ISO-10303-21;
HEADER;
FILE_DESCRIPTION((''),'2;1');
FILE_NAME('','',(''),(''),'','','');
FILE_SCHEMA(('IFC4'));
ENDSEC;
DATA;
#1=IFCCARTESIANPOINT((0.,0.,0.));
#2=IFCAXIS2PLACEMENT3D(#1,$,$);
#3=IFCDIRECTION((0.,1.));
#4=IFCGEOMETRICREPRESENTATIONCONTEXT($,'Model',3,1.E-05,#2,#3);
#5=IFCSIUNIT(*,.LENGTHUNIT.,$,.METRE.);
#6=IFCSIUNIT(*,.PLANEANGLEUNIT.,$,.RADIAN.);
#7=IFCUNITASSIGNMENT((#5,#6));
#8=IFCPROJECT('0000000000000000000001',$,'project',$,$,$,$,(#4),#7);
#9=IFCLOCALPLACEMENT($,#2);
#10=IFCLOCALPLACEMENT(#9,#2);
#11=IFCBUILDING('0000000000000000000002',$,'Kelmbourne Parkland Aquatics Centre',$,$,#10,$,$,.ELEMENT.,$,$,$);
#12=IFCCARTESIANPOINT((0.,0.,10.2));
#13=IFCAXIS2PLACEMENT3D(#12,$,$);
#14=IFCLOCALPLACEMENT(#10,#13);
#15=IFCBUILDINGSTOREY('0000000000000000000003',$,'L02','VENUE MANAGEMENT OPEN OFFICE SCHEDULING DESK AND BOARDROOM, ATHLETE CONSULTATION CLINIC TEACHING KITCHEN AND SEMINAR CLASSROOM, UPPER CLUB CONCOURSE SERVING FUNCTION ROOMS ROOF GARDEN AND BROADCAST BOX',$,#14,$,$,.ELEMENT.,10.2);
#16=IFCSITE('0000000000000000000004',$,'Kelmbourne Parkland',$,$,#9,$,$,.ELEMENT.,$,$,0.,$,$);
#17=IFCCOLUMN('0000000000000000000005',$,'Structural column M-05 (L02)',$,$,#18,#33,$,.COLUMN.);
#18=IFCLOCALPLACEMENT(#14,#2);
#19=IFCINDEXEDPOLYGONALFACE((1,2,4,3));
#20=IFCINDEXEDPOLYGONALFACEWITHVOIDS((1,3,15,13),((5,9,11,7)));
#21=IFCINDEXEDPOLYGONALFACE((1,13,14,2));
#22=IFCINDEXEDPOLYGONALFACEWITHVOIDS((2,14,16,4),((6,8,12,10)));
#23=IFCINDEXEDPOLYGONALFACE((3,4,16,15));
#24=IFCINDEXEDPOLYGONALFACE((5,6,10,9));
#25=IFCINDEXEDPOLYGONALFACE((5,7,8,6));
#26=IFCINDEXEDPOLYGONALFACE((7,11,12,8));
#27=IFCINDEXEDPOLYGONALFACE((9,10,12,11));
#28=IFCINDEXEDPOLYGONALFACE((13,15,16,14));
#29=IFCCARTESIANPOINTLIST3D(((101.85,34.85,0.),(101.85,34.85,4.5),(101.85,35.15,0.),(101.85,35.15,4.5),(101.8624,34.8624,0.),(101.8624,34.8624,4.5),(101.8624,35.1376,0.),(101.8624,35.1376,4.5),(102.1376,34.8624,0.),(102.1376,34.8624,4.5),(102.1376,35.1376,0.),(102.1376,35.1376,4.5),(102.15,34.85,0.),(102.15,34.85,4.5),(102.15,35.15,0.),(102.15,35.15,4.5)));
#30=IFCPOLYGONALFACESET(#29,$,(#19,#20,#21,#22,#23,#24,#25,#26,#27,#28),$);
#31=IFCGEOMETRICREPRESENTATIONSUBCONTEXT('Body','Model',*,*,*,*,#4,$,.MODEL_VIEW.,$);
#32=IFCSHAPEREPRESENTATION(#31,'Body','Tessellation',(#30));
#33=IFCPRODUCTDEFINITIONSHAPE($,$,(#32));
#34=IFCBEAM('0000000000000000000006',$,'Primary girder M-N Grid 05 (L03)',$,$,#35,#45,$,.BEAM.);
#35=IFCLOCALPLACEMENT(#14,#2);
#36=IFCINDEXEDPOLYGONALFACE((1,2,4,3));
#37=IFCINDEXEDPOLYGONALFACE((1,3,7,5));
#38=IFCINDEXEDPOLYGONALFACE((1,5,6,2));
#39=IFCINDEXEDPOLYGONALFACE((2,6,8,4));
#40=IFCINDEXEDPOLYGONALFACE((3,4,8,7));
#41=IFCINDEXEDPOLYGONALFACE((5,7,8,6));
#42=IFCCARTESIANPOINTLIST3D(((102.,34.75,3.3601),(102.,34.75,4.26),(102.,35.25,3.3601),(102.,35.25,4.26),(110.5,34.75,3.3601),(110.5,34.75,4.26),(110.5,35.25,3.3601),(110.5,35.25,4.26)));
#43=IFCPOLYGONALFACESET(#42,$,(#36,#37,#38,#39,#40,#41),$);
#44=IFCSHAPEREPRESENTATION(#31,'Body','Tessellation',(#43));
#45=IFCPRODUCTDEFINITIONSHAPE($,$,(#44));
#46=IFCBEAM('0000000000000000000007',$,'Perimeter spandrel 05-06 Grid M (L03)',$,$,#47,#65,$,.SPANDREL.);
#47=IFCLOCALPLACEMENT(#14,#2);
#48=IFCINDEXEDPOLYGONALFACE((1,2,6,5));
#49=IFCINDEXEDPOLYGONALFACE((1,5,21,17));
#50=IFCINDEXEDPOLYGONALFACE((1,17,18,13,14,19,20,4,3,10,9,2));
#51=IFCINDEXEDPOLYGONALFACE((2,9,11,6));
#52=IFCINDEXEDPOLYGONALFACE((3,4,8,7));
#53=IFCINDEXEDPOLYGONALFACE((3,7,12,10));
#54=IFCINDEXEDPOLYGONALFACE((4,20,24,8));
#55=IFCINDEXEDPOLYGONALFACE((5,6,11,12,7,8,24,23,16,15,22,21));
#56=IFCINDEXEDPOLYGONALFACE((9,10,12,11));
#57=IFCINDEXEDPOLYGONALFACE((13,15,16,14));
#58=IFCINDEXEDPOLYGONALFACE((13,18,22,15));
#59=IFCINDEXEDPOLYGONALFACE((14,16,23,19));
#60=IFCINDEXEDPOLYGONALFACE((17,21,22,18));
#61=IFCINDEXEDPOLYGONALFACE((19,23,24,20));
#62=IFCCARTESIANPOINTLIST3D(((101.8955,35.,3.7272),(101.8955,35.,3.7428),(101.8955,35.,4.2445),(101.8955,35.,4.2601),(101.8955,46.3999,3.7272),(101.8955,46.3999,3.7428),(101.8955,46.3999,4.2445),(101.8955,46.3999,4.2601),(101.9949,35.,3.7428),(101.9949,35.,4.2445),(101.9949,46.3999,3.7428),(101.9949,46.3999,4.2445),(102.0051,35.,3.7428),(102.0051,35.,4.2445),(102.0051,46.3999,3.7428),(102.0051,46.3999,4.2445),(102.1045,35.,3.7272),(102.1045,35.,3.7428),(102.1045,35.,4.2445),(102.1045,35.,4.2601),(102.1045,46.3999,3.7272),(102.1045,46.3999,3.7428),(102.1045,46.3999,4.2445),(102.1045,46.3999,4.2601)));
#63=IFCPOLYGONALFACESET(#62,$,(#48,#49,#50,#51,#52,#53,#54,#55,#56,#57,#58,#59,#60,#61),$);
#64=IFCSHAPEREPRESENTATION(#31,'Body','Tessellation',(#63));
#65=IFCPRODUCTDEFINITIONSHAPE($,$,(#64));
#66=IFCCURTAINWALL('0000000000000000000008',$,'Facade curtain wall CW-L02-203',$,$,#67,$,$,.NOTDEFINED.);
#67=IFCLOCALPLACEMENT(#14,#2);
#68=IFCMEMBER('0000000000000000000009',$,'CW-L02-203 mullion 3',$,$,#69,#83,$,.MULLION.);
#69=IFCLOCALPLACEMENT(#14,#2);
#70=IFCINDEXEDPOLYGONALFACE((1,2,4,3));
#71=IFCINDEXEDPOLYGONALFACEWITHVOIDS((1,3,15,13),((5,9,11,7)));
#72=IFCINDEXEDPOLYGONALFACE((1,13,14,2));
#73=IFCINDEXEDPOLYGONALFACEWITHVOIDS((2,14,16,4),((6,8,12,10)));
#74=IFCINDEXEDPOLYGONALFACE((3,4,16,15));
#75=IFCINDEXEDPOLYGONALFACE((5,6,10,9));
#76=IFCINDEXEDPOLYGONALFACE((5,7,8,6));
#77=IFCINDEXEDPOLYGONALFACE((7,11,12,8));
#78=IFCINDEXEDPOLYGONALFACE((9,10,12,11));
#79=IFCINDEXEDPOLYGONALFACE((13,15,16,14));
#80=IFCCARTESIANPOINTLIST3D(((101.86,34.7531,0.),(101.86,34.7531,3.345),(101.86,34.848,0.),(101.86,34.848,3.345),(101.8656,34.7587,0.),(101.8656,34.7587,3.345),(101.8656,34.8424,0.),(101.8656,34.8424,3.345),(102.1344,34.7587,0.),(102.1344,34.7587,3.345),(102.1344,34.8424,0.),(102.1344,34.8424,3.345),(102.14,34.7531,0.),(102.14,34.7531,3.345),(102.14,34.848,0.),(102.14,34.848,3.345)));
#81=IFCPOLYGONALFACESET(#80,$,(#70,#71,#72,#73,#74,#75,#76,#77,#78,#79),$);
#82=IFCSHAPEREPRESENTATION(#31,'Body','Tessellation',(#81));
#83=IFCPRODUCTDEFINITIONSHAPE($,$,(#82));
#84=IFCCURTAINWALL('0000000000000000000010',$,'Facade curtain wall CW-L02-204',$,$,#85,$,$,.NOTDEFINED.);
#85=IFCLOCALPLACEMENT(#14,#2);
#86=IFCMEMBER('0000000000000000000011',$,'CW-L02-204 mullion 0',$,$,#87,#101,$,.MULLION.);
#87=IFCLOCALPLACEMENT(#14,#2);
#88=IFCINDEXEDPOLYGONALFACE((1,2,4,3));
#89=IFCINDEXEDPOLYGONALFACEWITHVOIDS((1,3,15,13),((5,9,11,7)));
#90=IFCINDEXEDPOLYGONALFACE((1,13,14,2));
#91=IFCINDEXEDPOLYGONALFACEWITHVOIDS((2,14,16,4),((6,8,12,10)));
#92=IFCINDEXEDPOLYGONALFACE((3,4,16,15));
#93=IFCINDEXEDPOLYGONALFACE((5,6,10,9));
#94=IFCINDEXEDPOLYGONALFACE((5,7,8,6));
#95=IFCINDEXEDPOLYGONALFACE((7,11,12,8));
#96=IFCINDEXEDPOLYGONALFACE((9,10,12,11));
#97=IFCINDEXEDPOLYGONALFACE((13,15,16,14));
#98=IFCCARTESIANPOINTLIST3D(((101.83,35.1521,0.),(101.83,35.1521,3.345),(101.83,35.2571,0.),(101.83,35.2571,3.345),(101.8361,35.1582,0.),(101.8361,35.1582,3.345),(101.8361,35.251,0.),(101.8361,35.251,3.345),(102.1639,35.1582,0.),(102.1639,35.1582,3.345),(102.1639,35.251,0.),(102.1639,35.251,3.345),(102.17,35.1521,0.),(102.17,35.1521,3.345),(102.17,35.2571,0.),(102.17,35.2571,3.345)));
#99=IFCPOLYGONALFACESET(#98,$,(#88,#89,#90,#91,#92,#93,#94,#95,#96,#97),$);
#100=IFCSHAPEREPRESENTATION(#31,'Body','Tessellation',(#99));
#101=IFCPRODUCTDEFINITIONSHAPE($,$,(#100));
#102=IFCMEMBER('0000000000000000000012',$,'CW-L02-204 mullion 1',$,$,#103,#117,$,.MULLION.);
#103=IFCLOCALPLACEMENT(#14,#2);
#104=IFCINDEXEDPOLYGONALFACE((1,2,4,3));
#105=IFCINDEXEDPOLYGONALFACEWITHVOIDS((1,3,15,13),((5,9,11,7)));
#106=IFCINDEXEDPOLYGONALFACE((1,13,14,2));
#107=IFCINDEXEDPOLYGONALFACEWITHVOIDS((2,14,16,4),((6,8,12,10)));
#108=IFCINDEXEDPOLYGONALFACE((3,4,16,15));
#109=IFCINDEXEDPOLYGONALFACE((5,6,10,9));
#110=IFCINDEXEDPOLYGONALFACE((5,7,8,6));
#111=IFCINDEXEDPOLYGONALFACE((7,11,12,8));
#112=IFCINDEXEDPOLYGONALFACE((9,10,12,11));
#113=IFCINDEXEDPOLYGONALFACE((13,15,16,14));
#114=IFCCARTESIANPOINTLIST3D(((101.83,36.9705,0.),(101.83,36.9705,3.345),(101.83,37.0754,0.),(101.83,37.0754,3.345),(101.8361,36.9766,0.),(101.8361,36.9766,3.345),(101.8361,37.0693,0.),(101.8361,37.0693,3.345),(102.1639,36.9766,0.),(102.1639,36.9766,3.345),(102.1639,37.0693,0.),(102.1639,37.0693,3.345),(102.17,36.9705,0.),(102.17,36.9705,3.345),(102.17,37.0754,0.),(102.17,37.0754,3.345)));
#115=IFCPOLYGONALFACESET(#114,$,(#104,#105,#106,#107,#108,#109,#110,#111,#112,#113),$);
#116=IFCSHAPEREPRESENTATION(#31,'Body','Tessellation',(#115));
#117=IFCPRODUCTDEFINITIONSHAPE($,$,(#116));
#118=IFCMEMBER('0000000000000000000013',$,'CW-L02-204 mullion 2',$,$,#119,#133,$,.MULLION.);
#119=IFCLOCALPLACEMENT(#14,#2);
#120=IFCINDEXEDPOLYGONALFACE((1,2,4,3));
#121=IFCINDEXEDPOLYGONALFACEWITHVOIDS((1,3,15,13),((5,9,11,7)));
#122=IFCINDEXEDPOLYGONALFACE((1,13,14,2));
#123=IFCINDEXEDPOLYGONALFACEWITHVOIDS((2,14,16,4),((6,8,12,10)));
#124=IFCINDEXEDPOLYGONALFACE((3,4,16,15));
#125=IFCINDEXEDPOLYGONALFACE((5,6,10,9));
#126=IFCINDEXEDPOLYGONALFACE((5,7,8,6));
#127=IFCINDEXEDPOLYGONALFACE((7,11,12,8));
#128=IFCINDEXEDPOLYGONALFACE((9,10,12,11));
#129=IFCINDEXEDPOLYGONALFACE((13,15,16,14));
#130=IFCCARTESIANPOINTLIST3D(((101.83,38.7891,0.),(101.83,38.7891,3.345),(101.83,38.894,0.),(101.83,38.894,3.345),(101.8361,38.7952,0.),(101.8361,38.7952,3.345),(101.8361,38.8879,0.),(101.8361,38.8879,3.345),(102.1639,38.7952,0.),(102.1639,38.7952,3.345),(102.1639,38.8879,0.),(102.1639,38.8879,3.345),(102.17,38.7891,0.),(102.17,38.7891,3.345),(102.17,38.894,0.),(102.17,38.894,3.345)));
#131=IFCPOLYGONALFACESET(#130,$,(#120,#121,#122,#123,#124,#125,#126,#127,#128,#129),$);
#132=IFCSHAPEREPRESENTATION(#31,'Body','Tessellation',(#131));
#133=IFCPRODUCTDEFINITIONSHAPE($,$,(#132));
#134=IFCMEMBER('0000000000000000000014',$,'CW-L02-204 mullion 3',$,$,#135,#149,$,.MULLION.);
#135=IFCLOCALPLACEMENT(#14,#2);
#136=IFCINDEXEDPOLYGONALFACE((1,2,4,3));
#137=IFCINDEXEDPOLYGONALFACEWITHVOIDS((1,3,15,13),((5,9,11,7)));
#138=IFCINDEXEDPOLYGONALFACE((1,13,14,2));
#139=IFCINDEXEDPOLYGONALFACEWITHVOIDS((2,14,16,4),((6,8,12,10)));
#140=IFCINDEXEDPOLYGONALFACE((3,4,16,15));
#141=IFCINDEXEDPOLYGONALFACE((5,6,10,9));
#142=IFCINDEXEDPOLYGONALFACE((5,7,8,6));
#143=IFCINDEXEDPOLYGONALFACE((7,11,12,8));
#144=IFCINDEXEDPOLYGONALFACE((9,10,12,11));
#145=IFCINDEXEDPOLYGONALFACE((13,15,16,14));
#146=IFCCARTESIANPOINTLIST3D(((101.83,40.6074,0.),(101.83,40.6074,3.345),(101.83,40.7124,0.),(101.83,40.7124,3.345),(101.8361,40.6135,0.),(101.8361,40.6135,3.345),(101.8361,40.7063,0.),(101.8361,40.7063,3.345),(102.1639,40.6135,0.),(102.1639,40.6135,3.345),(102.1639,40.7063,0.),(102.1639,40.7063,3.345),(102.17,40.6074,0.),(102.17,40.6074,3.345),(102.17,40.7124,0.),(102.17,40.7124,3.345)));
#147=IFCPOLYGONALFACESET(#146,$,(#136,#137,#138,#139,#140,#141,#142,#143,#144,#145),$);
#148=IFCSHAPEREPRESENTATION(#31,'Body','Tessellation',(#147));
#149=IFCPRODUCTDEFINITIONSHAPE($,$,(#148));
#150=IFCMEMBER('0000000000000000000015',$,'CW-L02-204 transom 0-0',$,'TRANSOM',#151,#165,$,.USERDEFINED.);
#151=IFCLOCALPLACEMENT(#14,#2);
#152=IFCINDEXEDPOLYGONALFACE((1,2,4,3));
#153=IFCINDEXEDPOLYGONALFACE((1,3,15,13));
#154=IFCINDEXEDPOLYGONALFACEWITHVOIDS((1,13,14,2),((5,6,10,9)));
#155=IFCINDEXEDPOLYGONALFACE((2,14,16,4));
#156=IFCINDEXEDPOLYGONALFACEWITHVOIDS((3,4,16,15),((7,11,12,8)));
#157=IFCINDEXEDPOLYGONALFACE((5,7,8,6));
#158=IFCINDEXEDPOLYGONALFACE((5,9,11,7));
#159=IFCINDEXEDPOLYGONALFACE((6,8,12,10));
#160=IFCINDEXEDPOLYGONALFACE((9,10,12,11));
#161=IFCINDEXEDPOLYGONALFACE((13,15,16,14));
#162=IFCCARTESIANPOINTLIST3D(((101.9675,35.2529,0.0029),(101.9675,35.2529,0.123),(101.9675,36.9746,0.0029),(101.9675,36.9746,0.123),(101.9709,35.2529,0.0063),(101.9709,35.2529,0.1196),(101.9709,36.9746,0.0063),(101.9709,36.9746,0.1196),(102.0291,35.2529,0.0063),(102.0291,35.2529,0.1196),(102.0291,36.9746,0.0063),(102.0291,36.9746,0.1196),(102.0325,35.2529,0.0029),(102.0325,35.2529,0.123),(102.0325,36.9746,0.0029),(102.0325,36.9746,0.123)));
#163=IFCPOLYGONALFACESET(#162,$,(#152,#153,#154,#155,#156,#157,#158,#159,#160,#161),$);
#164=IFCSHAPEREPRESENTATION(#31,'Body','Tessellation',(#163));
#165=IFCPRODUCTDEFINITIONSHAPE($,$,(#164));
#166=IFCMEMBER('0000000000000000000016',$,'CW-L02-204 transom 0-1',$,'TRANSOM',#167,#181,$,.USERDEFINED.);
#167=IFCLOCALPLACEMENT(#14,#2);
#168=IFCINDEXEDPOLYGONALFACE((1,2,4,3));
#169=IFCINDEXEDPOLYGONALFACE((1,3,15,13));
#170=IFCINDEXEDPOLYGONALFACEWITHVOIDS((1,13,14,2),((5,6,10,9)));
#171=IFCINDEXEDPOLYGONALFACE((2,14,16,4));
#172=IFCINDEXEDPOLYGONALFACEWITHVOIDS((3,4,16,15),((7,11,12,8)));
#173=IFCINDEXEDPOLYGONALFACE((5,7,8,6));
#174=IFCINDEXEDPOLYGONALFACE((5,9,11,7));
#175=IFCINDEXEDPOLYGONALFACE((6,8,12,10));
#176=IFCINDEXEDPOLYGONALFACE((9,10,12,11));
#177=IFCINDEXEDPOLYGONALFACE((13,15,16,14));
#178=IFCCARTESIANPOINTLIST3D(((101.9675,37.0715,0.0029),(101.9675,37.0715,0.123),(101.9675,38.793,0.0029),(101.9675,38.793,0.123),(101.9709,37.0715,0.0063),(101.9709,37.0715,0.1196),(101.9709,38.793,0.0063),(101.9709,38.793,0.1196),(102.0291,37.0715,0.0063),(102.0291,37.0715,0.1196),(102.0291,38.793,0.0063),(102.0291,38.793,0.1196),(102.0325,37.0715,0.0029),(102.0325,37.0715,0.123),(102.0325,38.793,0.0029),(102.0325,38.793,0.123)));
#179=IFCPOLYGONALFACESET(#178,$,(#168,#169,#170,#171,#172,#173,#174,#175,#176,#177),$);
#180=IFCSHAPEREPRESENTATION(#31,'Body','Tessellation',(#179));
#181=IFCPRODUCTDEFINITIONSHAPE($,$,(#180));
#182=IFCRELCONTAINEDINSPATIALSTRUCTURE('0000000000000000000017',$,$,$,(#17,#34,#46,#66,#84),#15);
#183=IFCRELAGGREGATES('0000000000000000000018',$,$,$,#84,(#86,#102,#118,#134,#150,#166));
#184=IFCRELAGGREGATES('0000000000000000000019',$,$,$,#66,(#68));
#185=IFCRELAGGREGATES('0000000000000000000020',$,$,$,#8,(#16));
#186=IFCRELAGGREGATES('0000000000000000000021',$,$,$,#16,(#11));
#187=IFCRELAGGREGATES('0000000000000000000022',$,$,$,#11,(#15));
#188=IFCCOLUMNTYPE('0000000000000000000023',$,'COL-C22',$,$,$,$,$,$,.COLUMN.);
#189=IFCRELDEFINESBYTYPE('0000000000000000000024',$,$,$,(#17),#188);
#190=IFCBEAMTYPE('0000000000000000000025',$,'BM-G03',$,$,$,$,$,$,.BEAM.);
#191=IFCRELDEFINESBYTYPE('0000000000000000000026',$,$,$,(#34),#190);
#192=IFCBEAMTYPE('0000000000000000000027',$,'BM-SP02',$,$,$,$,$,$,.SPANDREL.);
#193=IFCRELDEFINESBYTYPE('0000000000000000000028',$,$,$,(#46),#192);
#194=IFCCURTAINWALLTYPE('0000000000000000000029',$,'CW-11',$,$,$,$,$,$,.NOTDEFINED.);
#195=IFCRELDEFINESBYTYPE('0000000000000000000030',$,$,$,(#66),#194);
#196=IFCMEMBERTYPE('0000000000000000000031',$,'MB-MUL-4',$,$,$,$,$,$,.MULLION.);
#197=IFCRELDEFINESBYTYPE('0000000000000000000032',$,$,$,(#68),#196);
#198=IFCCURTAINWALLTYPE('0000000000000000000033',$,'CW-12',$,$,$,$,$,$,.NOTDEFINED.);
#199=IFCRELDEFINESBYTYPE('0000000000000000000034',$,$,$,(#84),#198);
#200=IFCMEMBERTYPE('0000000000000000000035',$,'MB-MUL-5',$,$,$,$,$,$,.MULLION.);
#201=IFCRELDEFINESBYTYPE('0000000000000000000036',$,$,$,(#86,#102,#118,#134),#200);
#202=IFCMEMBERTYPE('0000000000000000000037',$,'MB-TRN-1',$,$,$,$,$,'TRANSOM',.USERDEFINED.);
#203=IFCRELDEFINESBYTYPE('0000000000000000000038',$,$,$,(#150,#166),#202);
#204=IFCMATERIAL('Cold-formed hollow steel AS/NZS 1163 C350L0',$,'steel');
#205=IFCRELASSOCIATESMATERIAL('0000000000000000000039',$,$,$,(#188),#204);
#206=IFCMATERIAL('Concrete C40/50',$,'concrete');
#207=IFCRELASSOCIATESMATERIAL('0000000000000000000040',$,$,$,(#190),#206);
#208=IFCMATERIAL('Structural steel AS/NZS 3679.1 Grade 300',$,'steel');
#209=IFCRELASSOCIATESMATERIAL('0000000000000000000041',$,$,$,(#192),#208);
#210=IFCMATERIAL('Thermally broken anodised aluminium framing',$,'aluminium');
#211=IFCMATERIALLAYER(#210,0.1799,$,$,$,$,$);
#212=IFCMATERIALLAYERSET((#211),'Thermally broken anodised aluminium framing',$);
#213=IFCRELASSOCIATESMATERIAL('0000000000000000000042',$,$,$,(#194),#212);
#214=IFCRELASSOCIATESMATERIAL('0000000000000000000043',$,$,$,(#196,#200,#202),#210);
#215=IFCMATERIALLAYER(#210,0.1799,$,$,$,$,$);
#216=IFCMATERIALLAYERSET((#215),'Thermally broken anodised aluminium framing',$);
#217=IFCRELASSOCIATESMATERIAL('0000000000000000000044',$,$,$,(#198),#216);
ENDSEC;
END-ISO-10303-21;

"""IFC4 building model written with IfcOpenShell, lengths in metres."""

from ifc_helpers import new_model, si_unit, direction, frame, origin, origin_2d, place, context, subcontext, project, spatial, rectangle, hollow_rectangle, i_section, extrude, material, layer, layer_set, material_profile, profile_set, type_object, element, aggregate, save


model = new_model("IFC4")

# Units and contexts
model_context = context("Model", 3, precision=1e-05, world=origin(), true_north=direction((0.0, 1.0)))
body_context = subcontext(model_context, "Body", "Model", "MODEL_VIEW")
ifc_project = project(units=[si_unit("LENGTHUNIT", "METRE"), si_unit("PLANEANGLEUNIT", "RADIAN")], contexts=[model_context])

# Site, building, storey
site_placement = place(None, origin())
site = spatial("IfcSite", under=ifc_project, at=site_placement, Name="Kelmbourne Parkland", CompositionType="ELEMENT", RefElevation=0.0)
building_placement = place(site_placement, origin())
building = spatial("IfcBuilding", under=site, at=building_placement, Name="Kelmbourne Parkland Aquatics Centre", CompositionType="ELEMENT")
storey_placement = place(building_placement, frame((0.0, 0.0, 10.2)))
storey = spatial("IfcBuildingStorey", under=building, at=storey_placement, Name="L02", Description="VENUE MANAGEMENT OPEN OFFICE SCHEDULING DESK AND BOARDROOM, ATHLETE CONSULTATION CLINIC TEACHING KITCHEN AND SEMINAR CLASSROOM, UPPER CLUB CONCOURSE SERVING FUNCTION ROOMS ROOF GARDEN AND BROADCAST BOX", CompositionType="ELEMENT", Elevation=10.2)

# Column
ifc_material_1 = material(Name="Cold-formed hollow steel AS/NZS 1163 C350L0", Category="steel")
ifc_material_profile_1 = material_profile(ifc_material_1, hollow_rectangle(XDim=0.3, YDim=0.3, WallThickness=0.0125, at=origin_2d()), Name="SHS 300x300x12.5")
ifc_profile_set_1 = profile_set([ifc_material_profile_1], Name="Cold-formed hollow steel AS/NZS 1163 C350L0")
column_type = type_object("IfcColumnType", Name="COL-C22", PredefinedType="COLUMN", material=ifc_profile_set_1)
column_placement = place(storey_placement, frame((102.0, 35.0, 0.0), z_axis=(0.0, 0.0, 1.0), x_axis=(1.0, 0.0, 0.0)))
element("IfcColumn", 1, at=column_placement, inside=storey, type_object=column_type, Name="Structural column M-05 (L02)", PredefinedType="COLUMN", context=body_context, shape_type="SweptSolid", body=[
    extrude(hollow_rectangle(XDim=0.3, YDim=0.3, WallThickness=0.0125, at=origin_2d()), origin(), (0.0, 0.0, 1.0), 4.5),
])

# Beams
ifc_material_2 = material(Name="Concrete C40/50", Category="concrete")
ifc_material_profile_2 = material_profile(ifc_material_2, rectangle(XDim=0.5, YDim=0.8999, at=origin_2d()), Name="RC 500x900")
ifc_profile_set_2 = profile_set([ifc_material_profile_2], Name="Concrete C40/50")
beam_type_1 = type_object("IfcBeamType", Name="BM-G03", PredefinedType="BEAM", material=ifc_profile_set_2)
beam_1_placement = place(storey_placement, frame((102.0, 35.0, 3.8101), z_axis=(1.0, 0.0, 0.0), x_axis=(0.0, 1.0, 0.0)))
element("IfcBeam", 2, at=beam_1_placement, inside=storey, type_object=beam_type_1, Name="Primary girder M-N Grid 05 (L03)", PredefinedType="BEAM", context=body_context, shape_type="SweptSolid", body=[
    extrude(rectangle(XDim=0.5, YDim=0.8999, at=origin_2d()), origin(), (0.0, 0.0, 1.0), 8.5),
])
ifc_material_3 = material(Name="Structural steel AS/NZS 3679.1 Grade 300", Category="steel")
ifc_material_profile_3 = material_profile(ifc_material_3, i_section(OverallWidth=0.209, OverallDepth=0.533, WebThickness=0.0103, FlangeThickness=0.0156, at=origin_2d()), Name="530UB92.4")
ifc_profile_set_3 = profile_set([ifc_material_profile_3], Name="Structural steel AS/NZS 3679.1 Grade 300")
beam_type_2 = type_object("IfcBeamType", Name="BM-SP02", PredefinedType="SPANDREL", material=ifc_profile_set_3)
beam_2_placement = place(storey_placement, frame((102.0, 35.0, 3.9937), z_axis=(0.0, 1.0, 0.0), x_axis=(-1.0, 0.0, 0.0)))
element("IfcBeam", 3, at=beam_2_placement, inside=storey, type_object=beam_type_2, Name="Perimeter spandrel 05-06 Grid M (L03)", PredefinedType="SPANDREL", context=body_context, shape_type="SweptSolid", body=[
    extrude(i_section(OverallWidth=0.209, OverallDepth=0.533, WebThickness=0.0103, FlangeThickness=0.0156, at=origin_2d()), origin(), (0.0, 0.0, 1.0), 11.3999),
])

# Curtain wall, member
ifc_material_4 = material(Name="Thermally broken anodised aluminium framing", Category="aluminium")
ifc_layer_1 = layer(ifc_material_4, 0.1799)
ifc_layer_set_1 = layer_set([ifc_layer_1], Name="Thermally broken anodised aluminium framing")
curtain_wall_type_1 = type_object("IfcCurtainWallType", Name="CW-11", PredefinedType="NOTDEFINED", material=ifc_layer_set_1)
curtain_wall_1_placement = place(storey_placement, origin())
curtain_wall_1 = element("IfcCurtainWall", 4, at=curtain_wall_1_placement, inside=storey, type_object=curtain_wall_type_1, Name="Facade curtain wall CW-L02-203", PredefinedType="NOTDEFINED")
ifc_material_profile_4 = material_profile(ifc_material_4, hollow_rectangle(XDim=0.095, YDim=0.28, WallThickness=0.0056, at=origin_2d()), Name="CW-M 95x280")
ifc_profile_set_4 = profile_set([ifc_material_profile_4], Name="Thermally broken anodised aluminium framing")
member_type_1 = type_object("IfcMemberType", Name="MB-MUL-4", PredefinedType="MULLION", material=ifc_profile_set_4)
member_1_placement = place(storey_placement, frame((102.0, 34.8005, 0.0), z_axis=(0.0, 0.0, 1.0), x_axis=(0.0, 1.0, 0.0)))
member_1 = element("IfcMember", 5, at=member_1_placement, type_object=member_type_1, Name="CW-L02-203 mullion 3", PredefinedType="MULLION", context=body_context, shape_type="SweptSolid", body=[
    extrude(hollow_rectangle(XDim=0.095, YDim=0.28, WallThickness=0.0056, at=origin_2d()), origin(), (0.0, 0.0, 1.0), 3.345),
])

# Curtain wall, members
ifc_layer_2 = layer(ifc_material_4, 0.1799)
ifc_layer_set_2 = layer_set([ifc_layer_2], Name="Thermally broken anodised aluminium framing")
curtain_wall_type_2 = type_object("IfcCurtainWallType", Name="CW-12", PredefinedType="NOTDEFINED", material=ifc_layer_set_2)
curtain_wall_2_placement = place(storey_placement, origin())
curtain_wall_2 = element("IfcCurtainWall", 6, at=curtain_wall_2_placement, inside=storey, type_object=curtain_wall_type_2, Name="Facade curtain wall CW-L02-204", PredefinedType="NOTDEFINED")
ifc_material_profile_5 = material_profile(ifc_material_4, hollow_rectangle(XDim=0.105, YDim=0.3401, WallThickness=0.0061, at=origin_2d()), Name="CW-M 105x340")
ifc_profile_set_5 = profile_set([ifc_material_profile_5], Name="Thermally broken anodised aluminium framing")
member_type_2 = type_object("IfcMemberType", Name="MB-MUL-5", PredefinedType="MULLION", material=ifc_profile_set_5)
member_2_placement = place(storey_placement, frame((102.0, 35.2046, 0.0), z_axis=(0.0, 0.0, 1.0), x_axis=(0.0, 1.0, 0.0)))
member_2 = element("IfcMember", 7, at=member_2_placement, type_object=member_type_2, Name="CW-L02-204 mullion 0", PredefinedType="MULLION", context=body_context, shape_type="SweptSolid", body=[
    extrude(hollow_rectangle(XDim=0.105, YDim=0.3401, WallThickness=0.0061, at=origin_2d()), origin(), (0.0, 0.0, 1.0), 3.345),
])
member_3_placement = place(storey_placement, frame((102.0, 37.0229, 0.0), z_axis=(0.0, 0.0, 1.0), x_axis=(0.0, 1.0, 0.0)))
member_3 = element("IfcMember", 8, at=member_3_placement, type_object=member_type_2, Name="CW-L02-204 mullion 1", PredefinedType="MULLION", context=body_context, shape_type="SweptSolid", body=[
    extrude(hollow_rectangle(XDim=0.105, YDim=0.3401, WallThickness=0.0061, at=origin_2d()), origin(), (0.0, 0.0, 1.0), 3.345),
])
member_4_placement = place(storey_placement, frame((102.0, 38.8416, 0.0), z_axis=(0.0, 0.0, 1.0), x_axis=(0.0, 1.0, 0.0)))
member_4 = element("IfcMember", 9, at=member_4_placement, type_object=member_type_2, Name="CW-L02-204 mullion 2", PredefinedType="MULLION", context=body_context, shape_type="SweptSolid", body=[
    extrude(hollow_rectangle(XDim=0.105, YDim=0.3401, WallThickness=0.0061, at=origin_2d()), origin(), (0.0, 0.0, 1.0), 3.345),
])
member_5_placement = place(storey_placement, frame((102.0, 40.6599, 0.0), z_axis=(0.0, 0.0, 1.0), x_axis=(0.0, 1.0, 0.0)))
member_5 = element("IfcMember", 10, at=member_5_placement, type_object=member_type_2, Name="CW-L02-204 mullion 3", PredefinedType="MULLION", context=body_context, shape_type="SweptSolid", body=[
    extrude(hollow_rectangle(XDim=0.105, YDim=0.3401, WallThickness=0.0061, at=origin_2d()), origin(), (0.0, 0.0, 1.0), 3.345),
])
ifc_material_profile_6 = material_profile(ifc_material_4, hollow_rectangle(XDim=0.0649, YDim=0.1201, WallThickness=0.0034, at=origin_2d()), Name="CW-T 65x120")
ifc_profile_set_6 = profile_set([ifc_material_profile_6], Name="Thermally broken anodised aluminium framing")
member_type_3 = type_object("IfcMemberType", Name="MB-TRN-1", ElementType="TRANSOM", PredefinedType="USERDEFINED", material=ifc_profile_set_6)
member_6_placement = place(storey_placement, frame((102.0, 35.2529, 0.063), z_axis=(0.0, 1.0, 0.0), x_axis=(-1.0, 0.0, 0.0)))
member_6 = element("IfcMember", 11, at=member_6_placement, type_object=member_type_3, Name="CW-L02-204 transom 0-0", ObjectType="TRANSOM", PredefinedType="USERDEFINED", context=body_context, shape_type="SweptSolid", body=[
    extrude(hollow_rectangle(XDim=0.0649, YDim=0.1201, WallThickness=0.0034, at=origin_2d()), origin(), (0.0, 0.0, 1.0), 1.7217),
])
member_7_placement = place(storey_placement, frame((102.0, 37.0715, 0.063), z_axis=(0.0, 1.0, 0.0), x_axis=(-1.0, 0.0, 0.0)))
member_7 = element("IfcMember", 12, at=member_7_placement, type_object=member_type_3, Name="CW-L02-204 transom 0-1", ObjectType="TRANSOM", PredefinedType="USERDEFINED", context=body_context, shape_type="SweptSolid", body=[
    extrude(hollow_rectangle(XDim=0.0649, YDim=0.1201, WallThickness=0.0034, at=origin_2d()), origin(), (0.0, 0.0, 1.0), 1.7214),
])

aggregate(curtain_wall_2, [member_2, member_3, member_4, member_5, member_6, member_7])
aggregate(curtain_wall_1, [member_1])

save(model, "model.ifc")
